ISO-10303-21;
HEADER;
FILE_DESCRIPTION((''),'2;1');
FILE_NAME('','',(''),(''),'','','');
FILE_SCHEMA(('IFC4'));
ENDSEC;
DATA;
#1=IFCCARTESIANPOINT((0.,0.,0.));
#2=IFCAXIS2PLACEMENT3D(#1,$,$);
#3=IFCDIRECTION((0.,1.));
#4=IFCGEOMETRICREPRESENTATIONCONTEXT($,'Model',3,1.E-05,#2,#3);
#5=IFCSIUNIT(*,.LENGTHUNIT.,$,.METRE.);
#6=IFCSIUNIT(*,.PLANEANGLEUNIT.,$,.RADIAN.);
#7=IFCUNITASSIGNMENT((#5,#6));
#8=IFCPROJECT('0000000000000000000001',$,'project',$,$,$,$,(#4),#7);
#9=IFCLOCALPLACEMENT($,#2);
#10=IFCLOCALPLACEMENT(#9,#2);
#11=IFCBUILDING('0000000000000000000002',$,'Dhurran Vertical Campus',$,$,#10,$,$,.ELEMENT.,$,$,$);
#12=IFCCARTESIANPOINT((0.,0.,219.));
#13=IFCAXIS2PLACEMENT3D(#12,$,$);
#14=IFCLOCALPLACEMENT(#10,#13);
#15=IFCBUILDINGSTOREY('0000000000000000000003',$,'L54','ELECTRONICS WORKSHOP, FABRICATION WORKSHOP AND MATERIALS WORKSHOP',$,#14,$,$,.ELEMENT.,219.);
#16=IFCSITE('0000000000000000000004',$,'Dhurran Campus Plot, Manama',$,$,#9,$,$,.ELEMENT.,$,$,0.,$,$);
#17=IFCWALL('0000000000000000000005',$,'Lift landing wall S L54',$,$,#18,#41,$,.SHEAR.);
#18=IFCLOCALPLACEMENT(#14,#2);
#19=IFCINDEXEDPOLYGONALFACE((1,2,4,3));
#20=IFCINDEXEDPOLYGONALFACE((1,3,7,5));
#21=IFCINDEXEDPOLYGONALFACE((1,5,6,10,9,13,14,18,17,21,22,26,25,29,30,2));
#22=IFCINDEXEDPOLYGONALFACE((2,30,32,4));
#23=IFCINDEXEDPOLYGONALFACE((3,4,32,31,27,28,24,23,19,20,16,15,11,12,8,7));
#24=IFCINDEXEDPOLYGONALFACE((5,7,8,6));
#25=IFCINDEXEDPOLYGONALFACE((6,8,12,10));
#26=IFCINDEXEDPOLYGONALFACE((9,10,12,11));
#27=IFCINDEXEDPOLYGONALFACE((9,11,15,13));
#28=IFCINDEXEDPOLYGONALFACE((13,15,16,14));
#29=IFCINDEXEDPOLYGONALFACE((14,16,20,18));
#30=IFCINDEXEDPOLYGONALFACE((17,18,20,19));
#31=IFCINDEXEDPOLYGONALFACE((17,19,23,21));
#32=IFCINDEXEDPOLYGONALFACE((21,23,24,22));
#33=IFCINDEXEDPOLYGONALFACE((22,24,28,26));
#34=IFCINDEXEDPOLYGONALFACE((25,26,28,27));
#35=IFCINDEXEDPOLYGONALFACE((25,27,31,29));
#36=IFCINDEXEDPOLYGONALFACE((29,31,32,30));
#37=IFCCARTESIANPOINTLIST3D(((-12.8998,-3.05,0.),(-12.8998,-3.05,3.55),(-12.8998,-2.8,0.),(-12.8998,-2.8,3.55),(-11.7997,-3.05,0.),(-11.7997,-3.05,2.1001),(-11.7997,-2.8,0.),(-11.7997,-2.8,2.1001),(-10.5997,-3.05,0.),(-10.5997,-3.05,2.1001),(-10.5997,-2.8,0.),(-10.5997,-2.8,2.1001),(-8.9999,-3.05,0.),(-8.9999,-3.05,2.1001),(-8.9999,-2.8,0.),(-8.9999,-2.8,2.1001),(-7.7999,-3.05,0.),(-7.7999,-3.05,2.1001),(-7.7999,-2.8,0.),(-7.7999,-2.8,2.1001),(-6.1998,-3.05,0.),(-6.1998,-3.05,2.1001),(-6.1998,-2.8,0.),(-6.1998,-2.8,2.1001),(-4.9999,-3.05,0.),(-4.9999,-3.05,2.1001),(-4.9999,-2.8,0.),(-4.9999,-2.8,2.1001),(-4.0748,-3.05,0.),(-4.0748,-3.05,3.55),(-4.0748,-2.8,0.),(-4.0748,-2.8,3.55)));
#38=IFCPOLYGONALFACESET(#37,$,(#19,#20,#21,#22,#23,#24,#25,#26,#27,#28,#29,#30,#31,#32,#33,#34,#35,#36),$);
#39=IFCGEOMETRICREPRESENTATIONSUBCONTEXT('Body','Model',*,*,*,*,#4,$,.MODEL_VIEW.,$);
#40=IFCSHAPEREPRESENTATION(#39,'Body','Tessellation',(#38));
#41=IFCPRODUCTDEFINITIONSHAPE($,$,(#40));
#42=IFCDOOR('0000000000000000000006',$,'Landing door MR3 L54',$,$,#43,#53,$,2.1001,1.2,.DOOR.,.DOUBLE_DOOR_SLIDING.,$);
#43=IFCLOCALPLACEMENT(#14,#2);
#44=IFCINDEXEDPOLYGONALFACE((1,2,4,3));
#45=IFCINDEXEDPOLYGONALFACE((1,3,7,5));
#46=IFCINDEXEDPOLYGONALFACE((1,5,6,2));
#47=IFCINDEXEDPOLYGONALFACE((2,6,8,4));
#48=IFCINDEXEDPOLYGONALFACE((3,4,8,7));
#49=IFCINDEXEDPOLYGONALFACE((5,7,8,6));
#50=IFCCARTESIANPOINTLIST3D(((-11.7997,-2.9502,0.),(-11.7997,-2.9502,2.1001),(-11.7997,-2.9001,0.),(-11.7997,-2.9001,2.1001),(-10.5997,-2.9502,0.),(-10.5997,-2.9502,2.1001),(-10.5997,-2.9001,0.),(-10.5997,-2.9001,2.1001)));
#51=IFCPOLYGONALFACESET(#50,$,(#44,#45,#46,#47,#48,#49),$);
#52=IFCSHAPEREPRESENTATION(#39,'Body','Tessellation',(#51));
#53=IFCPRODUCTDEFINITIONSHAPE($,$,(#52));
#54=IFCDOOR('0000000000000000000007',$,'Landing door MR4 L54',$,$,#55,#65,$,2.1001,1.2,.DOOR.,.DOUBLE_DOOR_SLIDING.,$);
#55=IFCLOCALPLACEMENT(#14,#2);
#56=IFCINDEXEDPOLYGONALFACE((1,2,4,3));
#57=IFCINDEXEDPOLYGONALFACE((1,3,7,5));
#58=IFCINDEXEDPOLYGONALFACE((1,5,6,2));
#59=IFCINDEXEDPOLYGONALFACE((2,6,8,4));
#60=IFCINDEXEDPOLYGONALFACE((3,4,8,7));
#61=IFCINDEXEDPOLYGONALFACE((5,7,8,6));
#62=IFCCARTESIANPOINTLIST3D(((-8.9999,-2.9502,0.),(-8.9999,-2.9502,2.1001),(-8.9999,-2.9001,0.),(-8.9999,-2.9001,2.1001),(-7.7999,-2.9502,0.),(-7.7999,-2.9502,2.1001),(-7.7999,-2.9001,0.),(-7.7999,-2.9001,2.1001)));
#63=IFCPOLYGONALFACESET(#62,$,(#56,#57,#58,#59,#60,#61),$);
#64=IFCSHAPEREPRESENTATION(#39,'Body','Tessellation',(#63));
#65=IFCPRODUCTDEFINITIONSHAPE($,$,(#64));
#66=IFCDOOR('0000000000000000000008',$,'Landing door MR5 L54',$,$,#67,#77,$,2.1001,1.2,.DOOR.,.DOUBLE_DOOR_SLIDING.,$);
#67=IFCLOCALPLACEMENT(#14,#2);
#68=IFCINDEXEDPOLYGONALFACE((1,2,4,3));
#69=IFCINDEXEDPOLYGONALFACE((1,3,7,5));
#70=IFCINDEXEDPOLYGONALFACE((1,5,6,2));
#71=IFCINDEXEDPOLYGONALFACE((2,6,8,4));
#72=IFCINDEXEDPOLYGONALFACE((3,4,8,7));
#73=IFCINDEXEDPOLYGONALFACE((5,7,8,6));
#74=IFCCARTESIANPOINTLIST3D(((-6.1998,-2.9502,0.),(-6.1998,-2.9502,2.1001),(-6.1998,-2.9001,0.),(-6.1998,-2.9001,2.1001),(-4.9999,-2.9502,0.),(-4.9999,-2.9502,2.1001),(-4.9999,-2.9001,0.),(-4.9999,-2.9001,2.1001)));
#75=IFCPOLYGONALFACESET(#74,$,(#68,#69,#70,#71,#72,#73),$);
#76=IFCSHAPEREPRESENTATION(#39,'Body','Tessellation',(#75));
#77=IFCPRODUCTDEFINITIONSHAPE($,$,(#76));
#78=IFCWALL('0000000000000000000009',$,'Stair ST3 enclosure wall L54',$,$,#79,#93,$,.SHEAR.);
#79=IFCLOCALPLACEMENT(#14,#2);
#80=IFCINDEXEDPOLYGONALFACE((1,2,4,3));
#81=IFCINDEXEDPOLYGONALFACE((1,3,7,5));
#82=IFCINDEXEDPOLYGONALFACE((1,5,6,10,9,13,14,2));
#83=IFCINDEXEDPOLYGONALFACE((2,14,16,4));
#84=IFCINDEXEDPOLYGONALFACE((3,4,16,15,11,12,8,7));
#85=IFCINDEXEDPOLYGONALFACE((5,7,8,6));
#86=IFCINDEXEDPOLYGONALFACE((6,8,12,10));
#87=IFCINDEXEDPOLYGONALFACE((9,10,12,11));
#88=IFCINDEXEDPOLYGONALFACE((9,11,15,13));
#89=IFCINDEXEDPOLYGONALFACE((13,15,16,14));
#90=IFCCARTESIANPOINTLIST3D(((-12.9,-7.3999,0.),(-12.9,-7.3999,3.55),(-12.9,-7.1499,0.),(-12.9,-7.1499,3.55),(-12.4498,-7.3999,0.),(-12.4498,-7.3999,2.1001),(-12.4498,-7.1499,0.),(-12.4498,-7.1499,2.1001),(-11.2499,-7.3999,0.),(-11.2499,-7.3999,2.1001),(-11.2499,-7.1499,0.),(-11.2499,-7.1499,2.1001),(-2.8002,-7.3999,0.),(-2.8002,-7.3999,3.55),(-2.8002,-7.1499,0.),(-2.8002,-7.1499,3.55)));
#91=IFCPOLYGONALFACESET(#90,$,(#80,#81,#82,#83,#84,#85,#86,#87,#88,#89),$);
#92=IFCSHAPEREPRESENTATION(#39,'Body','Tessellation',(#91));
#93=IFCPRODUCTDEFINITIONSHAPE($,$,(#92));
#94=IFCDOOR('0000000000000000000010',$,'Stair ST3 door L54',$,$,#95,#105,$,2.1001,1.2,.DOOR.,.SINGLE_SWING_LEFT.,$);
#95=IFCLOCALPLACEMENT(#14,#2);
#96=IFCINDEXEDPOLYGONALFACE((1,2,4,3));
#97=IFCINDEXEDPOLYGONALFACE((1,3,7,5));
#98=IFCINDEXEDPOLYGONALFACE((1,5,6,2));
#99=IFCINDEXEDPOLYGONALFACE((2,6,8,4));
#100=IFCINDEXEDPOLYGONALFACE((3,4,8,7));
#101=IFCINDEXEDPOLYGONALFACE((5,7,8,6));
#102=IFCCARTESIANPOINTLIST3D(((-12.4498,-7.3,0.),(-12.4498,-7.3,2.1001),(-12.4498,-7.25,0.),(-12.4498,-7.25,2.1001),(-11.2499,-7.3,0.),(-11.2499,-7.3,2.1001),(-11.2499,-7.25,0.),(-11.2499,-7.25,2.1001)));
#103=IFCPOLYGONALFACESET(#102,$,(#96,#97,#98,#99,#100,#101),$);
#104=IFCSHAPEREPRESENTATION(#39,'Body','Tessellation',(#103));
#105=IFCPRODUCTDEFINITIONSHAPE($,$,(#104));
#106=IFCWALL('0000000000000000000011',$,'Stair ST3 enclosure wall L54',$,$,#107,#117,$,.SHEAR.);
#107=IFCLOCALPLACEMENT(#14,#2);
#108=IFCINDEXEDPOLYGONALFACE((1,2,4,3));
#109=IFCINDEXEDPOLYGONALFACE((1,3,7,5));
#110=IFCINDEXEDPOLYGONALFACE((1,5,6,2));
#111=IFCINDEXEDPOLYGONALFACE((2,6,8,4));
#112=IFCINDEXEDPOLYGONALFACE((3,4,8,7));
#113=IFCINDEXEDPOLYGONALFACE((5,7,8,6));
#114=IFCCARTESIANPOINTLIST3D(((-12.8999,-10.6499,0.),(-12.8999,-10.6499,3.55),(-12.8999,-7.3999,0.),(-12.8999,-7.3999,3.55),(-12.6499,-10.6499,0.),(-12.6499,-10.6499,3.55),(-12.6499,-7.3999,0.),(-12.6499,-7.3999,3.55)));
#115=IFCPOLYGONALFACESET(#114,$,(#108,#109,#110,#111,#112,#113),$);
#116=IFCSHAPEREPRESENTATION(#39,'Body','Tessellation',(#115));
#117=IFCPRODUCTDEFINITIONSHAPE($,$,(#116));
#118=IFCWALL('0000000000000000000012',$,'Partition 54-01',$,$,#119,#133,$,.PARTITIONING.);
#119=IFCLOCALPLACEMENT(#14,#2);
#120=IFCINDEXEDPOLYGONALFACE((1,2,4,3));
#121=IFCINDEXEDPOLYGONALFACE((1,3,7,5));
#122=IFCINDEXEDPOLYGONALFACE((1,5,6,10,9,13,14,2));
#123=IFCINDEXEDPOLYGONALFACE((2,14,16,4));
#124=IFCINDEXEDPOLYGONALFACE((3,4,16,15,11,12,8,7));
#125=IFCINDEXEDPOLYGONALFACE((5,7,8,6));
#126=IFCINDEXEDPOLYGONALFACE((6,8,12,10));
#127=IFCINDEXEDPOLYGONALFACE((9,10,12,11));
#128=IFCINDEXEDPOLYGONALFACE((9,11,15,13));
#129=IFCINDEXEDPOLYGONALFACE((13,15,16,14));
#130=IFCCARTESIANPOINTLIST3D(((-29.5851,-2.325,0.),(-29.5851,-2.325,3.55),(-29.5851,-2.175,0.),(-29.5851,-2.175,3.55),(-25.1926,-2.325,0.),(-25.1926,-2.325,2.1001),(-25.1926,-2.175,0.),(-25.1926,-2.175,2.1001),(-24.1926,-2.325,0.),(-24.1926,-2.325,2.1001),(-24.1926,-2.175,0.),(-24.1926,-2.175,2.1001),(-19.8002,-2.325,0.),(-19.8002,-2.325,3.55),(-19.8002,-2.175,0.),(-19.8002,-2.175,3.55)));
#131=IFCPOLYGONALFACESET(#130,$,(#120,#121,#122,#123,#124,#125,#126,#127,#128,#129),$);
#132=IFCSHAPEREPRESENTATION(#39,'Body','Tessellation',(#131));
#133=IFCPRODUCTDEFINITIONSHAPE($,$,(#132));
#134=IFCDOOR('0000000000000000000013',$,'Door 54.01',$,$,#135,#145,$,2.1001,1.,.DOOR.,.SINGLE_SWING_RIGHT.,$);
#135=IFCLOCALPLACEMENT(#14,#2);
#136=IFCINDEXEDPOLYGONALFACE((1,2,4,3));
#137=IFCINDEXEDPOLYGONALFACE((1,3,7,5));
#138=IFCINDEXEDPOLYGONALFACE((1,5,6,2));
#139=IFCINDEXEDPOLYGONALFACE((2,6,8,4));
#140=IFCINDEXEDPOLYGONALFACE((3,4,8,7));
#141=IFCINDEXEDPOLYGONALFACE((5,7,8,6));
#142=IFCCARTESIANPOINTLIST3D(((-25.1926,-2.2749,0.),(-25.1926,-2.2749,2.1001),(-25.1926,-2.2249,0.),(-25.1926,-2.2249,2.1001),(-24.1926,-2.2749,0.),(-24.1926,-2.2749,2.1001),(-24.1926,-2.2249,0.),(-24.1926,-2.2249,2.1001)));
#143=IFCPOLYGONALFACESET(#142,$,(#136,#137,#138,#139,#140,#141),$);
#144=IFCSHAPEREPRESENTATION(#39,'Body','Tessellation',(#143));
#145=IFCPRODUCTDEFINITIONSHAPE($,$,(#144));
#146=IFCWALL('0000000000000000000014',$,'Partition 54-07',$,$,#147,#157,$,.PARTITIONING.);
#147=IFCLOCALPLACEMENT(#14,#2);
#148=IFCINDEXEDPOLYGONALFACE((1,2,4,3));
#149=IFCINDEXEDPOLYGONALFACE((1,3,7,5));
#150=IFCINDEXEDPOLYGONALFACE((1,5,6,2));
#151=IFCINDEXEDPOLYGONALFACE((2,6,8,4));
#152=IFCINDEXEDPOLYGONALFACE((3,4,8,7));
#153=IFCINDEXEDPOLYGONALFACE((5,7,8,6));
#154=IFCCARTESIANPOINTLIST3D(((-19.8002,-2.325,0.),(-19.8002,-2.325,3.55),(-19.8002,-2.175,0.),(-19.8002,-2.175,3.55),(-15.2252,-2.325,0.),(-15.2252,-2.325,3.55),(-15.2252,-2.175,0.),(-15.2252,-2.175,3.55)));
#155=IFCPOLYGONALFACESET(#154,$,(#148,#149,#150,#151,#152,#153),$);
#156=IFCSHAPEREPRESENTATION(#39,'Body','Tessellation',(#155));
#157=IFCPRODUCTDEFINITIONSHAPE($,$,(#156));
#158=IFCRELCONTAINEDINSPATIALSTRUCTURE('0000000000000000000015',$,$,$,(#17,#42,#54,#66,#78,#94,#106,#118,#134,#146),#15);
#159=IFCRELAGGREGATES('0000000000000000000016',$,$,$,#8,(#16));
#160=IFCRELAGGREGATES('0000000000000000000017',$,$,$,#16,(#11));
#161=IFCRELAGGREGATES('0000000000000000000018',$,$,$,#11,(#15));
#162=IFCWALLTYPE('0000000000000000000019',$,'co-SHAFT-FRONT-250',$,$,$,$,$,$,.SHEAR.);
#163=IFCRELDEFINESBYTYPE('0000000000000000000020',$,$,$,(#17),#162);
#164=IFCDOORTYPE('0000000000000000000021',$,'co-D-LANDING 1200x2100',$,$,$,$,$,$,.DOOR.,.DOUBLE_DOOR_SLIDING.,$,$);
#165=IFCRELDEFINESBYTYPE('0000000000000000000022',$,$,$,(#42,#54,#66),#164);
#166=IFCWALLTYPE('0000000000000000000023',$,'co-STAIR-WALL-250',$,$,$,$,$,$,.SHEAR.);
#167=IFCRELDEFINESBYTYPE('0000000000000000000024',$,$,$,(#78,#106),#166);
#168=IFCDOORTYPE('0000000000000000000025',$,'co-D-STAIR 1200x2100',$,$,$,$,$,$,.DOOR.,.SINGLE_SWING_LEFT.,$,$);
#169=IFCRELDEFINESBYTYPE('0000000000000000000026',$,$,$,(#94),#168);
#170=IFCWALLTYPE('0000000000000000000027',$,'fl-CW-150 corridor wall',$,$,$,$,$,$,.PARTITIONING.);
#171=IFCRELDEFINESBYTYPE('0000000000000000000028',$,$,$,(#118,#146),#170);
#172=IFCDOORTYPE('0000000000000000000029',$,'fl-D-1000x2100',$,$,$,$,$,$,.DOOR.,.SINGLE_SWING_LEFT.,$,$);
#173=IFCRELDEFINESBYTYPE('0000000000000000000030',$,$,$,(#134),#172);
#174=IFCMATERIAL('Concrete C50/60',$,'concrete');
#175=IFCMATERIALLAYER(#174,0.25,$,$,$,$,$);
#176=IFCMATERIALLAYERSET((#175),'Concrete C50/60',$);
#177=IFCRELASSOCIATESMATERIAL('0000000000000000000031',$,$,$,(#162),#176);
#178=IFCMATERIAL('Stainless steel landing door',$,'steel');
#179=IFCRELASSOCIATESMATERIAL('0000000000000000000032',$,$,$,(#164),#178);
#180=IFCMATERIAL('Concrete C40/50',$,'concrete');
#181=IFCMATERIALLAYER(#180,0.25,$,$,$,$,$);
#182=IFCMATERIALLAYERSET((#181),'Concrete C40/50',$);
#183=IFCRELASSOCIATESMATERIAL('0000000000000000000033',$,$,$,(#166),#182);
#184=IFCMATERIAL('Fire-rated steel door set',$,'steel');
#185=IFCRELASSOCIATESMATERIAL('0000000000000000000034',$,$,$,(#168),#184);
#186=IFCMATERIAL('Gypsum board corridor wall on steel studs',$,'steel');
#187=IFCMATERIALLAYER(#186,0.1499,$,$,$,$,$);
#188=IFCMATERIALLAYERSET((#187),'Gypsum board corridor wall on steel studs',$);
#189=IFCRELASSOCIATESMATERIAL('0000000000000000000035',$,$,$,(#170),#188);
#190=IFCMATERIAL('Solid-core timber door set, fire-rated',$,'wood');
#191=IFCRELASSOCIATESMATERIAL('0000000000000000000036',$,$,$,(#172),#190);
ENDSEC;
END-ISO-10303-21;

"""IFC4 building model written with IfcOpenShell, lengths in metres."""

from ifc_helpers import new_model, si_unit, direction, frame, frame_2d, origin, place, context, subcontext, project, spatial, rectangle, extrude, material, layer, layer_set, type_object, element, fill, save


model = new_model("IFC4")

# Units and contexts
model_context = context("Model", 3, precision=1e-05, world=origin(), true_north=direction((0.0, 1.0)))
body_context = subcontext(model_context, "Body", "Model", "MODEL_VIEW")
ifc_project = project(units=[si_unit("LENGTHUNIT", "METRE"), si_unit("PLANEANGLEUNIT", "RADIAN")], contexts=[model_context])

# Site, building, storey
site_placement = place(None, origin())
site = spatial("IfcSite", under=ifc_project, at=site_placement, Name="Dhurran Campus Plot, Manama", CompositionType="ELEMENT", RefElevation=0.0)
building_placement = place(site_placement, origin())
building = spatial("IfcBuilding", under=site, at=building_placement, Name="Dhurran Vertical Campus", CompositionType="ELEMENT")
storey_placement = place(building_placement, frame((0.0, 0.0, 219.0)))
storey = spatial("IfcBuildingStorey", under=building, at=storey_placement, Name="L54", Description="ELECTRONICS WORKSHOP, FABRICATION WORKSHOP AND MATERIALS WORKSHOP", CompositionType="ELEMENT", Elevation=219.0)

# Wall, openings, doors
ifc_material_1 = material(Name="Concrete C50/60", Category="concrete")
ifc_layer_1 = layer(ifc_material_1, 0.25)
ifc_layer_set_1 = layer_set([ifc_layer_1], Name="Concrete C50/60")
wall_type_1 = type_object("IfcWallType", Name="co-SHAFT-FRONT-250", PredefinedType="SHEAR", material=ifc_layer_set_1)
wall_1_placement = place(storey_placement, frame((-12.8999, -2.925, 0.0), z_axis=(0.0, 0.0, 1.0), x_axis=(1.0, 0.0, 0.0)))
wall_1 = element("IfcWall", 1, at=wall_1_placement, inside=storey, type_object=wall_type_1, Name="Lift landing wall S L54", PredefinedType="SHEAR", context=body_context, shape_type="SweptSolid", body=[
    extrude(rectangle(XDim=8.825, YDim=0.25, at=frame_2d((4.4126, 0.0))), origin(), (0.0, 0.0, 1.0), 3.55),
])
opening_1_placement = place(wall_1_placement, frame((1.1001, 0.0, 0.0)))
opening_1 = element("IfcOpeningElement", 2, at=opening_1_placement, cuts=wall_1, PredefinedType="OPENING", context=body_context, shape_type="SweptSolid", body=[
    extrude(rectangle(XDim=1.2, YDim=2.1001, at=frame_2d((0.6001, 1.05))), frame((0.0, 0.135, 0.0), z_axis=(0.0, -1.0, 0.0), x_axis=(1.0, 0.0, 0.0)), (0.0, 0.0, 1.0), 0.27),
])
opening_2_placement = place(wall_1_placement, frame((3.8999, 0.0, 0.0)))
opening_2 = element("IfcOpeningElement", 3, at=opening_2_placement, cuts=wall_1, PredefinedType="OPENING", context=body_context, shape_type="SweptSolid", body=[
    extrude(rectangle(XDim=1.2, YDim=2.1001, at=frame_2d((0.6001, 1.05))), frame((0.0, 0.135, 0.0), z_axis=(0.0, -1.0, 0.0), x_axis=(1.0, 0.0, 0.0)), (0.0, 0.0, 1.0), 0.27),
])
opening_3_placement = place(wall_1_placement, frame((6.7, 0.0, 0.0)))
opening_3 = element("IfcOpeningElement", 4, at=opening_3_placement, cuts=wall_1, PredefinedType="OPENING", context=body_context, shape_type="SweptSolid", body=[
    extrude(rectangle(XDim=1.2, YDim=2.1001, at=frame_2d((0.6001, 1.05))), frame((0.0, 0.135, 0.0), z_axis=(0.0, -1.0, 0.0), x_axis=(1.0, 0.0, 0.0)), (0.0, 0.0, 1.0), 0.27),
])
ifc_material_2 = material(Name="Stainless steel landing door", Category="steel")
door_type_1 = type_object("IfcDoorType", Name="co-D-LANDING 1200x2100", OperationType="DOUBLE_DOOR_SLIDING", PredefinedType="DOOR", material=ifc_material_2)
door_1_placement = place(opening_1_placement, origin())
door_1 = element("IfcDoor", 5, at=door_1_placement, inside=storey, type_object=door_type_1, Name="Landing door MR3 L54", OperationType="DOUBLE_DOOR_SLIDING", OverallHeight=2.1001, OverallWidth=1.2, PredefinedType="DOOR", context=body_context, shape_type="SweptSolid", body=[
    extrude(rectangle(XDim=1.2, YDim=2.1001, at=frame_2d((0.6001, 1.05))), frame((0.0, 0.0249, 0.0), z_axis=(0.0, -1.0, 0.0), x_axis=(1.0, 0.0, 0.0)), (0.0, 0.0, 1.0), 0.05),
])
fill(opening_1, door_1)
door_2_placement = place(opening_2_placement, origin())
door_2 = element("IfcDoor", 6, at=door_2_placement, inside=storey, type_object=door_type_1, Name="Landing door MR4 L54", OperationType="DOUBLE_DOOR_SLIDING", OverallHeight=2.1001, OverallWidth=1.2, PredefinedType="DOOR", context=body_context, shape_type="SweptSolid", body=[
    extrude(rectangle(XDim=1.2, YDim=2.1001, at=frame_2d((0.6001, 1.05))), frame((0.0, 0.0249, 0.0), z_axis=(0.0, -1.0, 0.0), x_axis=(1.0, 0.0, 0.0)), (0.0, 0.0, 1.0), 0.05),
])
fill(opening_2, door_2)
door_3_placement = place(opening_3_placement, origin())
door_3 = element("IfcDoor", 7, at=door_3_placement, inside=storey, type_object=door_type_1, Name="Landing door MR5 L54", OperationType="DOUBLE_DOOR_SLIDING", OverallHeight=2.1001, OverallWidth=1.2, PredefinedType="DOOR", context=body_context, shape_type="SweptSolid", body=[
    extrude(rectangle(XDim=1.2, YDim=2.1001, at=frame_2d((0.6001, 1.05))), frame((0.0, 0.0249, 0.0), z_axis=(0.0, -1.0, 0.0), x_axis=(1.0, 0.0, 0.0)), (0.0, 0.0, 1.0), 0.05),
])
fill(opening_3, door_3)

# Wall, opening, door
ifc_material_3 = material(Name="Concrete C40/50", Category="concrete")
ifc_layer_2 = layer(ifc_material_3, 0.25)
ifc_layer_set_2 = layer_set([ifc_layer_2], Name="Concrete C40/50")
wall_type_2 = type_object("IfcWallType", Name="co-STAIR-WALL-250", PredefinedType="SHEAR", material=ifc_layer_set_2)
wall_2_placement = place(storey_placement, frame((-12.8999, -7.2749, 0.0), z_axis=(0.0, 0.0, 1.0), x_axis=(1.0, 0.0, 0.0)))
wall_2 = element("IfcWall", 8, at=wall_2_placement, inside=storey, type_object=wall_type_2, Name="Stair ST3 enclosure wall L54", PredefinedType="SHEAR", context=body_context, shape_type="SweptSolid", body=[
    extrude(rectangle(XDim=10.0999, YDim=0.25, at=frame_2d((5.0498, 0.0))), origin(), (0.0, 0.0, 1.0), 3.55),
])
opening_4_placement = place(wall_2_placement, frame((0.45, 0.0, 0.0)))
opening_4 = element("IfcOpeningElement", 9, at=opening_4_placement, cuts=wall_2, PredefinedType="OPENING", context=body_context, shape_type="SweptSolid", body=[
    extrude(rectangle(XDim=1.2, YDim=2.1001, at=frame_2d((0.6001, 1.05))), frame((0.0, 0.135, 0.0), z_axis=(0.0, -1.0, 0.0), x_axis=(1.0, 0.0, 0.0)), (0.0, 0.0, 1.0), 0.27),
])
ifc_material_4 = material(Name="Fire-rated steel door set", Category="steel")
door_type_2 = type_object("IfcDoorType", Name="co-D-STAIR 1200x2100", OperationType="SINGLE_SWING_LEFT", PredefinedType="DOOR", material=ifc_material_4)
door_4_placement = place(opening_4_placement, origin())
door_4 = element("IfcDoor", 10, at=door_4_placement, inside=storey, type_object=door_type_2, Name="Stair ST3 door L54", OperationType="SINGLE_SWING_LEFT", OverallHeight=2.1001, OverallWidth=1.2, PredefinedType="DOOR", context=body_context, shape_type="SweptSolid", body=[
    extrude(rectangle(XDim=1.2, YDim=2.1001, at=frame_2d((0.6001, 1.05))), frame((0.0, 0.0249, 0.0), z_axis=(0.0, -1.0, 0.0), x_axis=(1.0, 0.0, 0.0)), (0.0, 0.0, 1.0), 0.05),
])
fill(opening_4, door_4)

# Wall
wall_3_placement = place(storey_placement, frame((-12.7749, -10.6499, 0.0), z_axis=(0.0, 0.0, 1.0), x_axis=(0.0, 1.0, 0.0)))
element("IfcWall", 11, at=wall_3_placement, inside=storey, type_object=wall_type_2, Name="Stair ST3 enclosure wall L54", PredefinedType="SHEAR", context=body_context, shape_type="SweptSolid", body=[
    extrude(rectangle(XDim=3.25, YDim=0.25, at=frame_2d((1.625, 0.0))), origin(), (0.0, 0.0, 1.0), 3.55),
])

# Wall, opening, door
ifc_material_5 = material(Name="Gypsum board corridor wall on steel studs", Category="steel")
ifc_layer_3 = layer(ifc_material_5, 0.1499)
ifc_layer_set_3 = layer_set([ifc_layer_3], Name="Gypsum board corridor wall on steel studs")
wall_type_3 = type_object("IfcWallType", Name="fl-CW-150 corridor wall", PredefinedType="PARTITIONING", material=ifc_layer_set_3)
wall_4_placement = place(storey_placement, frame((-19.8, -2.25, 0.0), z_axis=(0.0, 0.0, 1.0), x_axis=(-1.0, 0.0, 0.0)))
wall_4 = element("IfcWall", 12, at=wall_4_placement, inside=storey, type_object=wall_type_3, Name="Partition 54-01", PredefinedType="PARTITIONING", context=body_context, shape_type="SweptSolid", body=[
    extrude(rectangle(XDim=9.7849, YDim=0.1499, at=frame_2d((4.8926, 0.0))), origin(), (0.0, 0.0, 1.0), 3.55),
])
opening_5_placement = place(wall_4_placement, frame((4.3926, 0.0, 0.0)))
opening_5 = element("IfcOpeningElement", 13, at=opening_5_placement, cuts=wall_4, PredefinedType="OPENING", context=body_context, shape_type="SweptSolid", body=[
    extrude(rectangle(XDim=1.0, YDim=2.1001, at=frame_2d((0.5, 1.05))), frame((0.0, 0.085, 0.0), z_axis=(0.0, -1.0, 0.0), x_axis=(1.0, 0.0, 0.0)), (0.0, 0.0, 1.0), 0.1699),
])
ifc_material_6 = material(Name="Solid-core timber door set, fire-rated", Category="wood")
door_type_3 = type_object("IfcDoorType", Name="fl-D-1000x2100", OperationType="SINGLE_SWING_LEFT", PredefinedType="DOOR", material=ifc_material_6)
door_5_placement = place(opening_5_placement, origin())
door_5 = element("IfcDoor", 14, at=door_5_placement, inside=storey, type_object=door_type_3, Name="Door 54.01", OperationType="SINGLE_SWING_RIGHT", OverallHeight=2.1001, OverallWidth=1.0, PredefinedType="DOOR", context=body_context, shape_type="SweptSolid", body=[
    extrude(rectangle(XDim=1.0, YDim=2.1001, at=frame_2d((0.5, 1.05))), frame((0.0, 0.0249, 0.0), z_axis=(0.0, -1.0, 0.0), x_axis=(1.0, 0.0, 0.0)), (0.0, 0.0, 1.0), 0.05),
])
fill(opening_5, door_5)

# Wall
wall_5_placement = place(storey_placement, frame((-15.2251, -2.25, 0.0), z_axis=(0.0, 0.0, 1.0), x_axis=(-1.0, 0.0, 0.0)))
element("IfcWall", 15, at=wall_5_placement, inside=storey, type_object=wall_type_3, Name="Partition 54-07", PredefinedType="PARTITIONING", context=body_context, shape_type="SweptSolid", body=[
    extrude(rectangle(XDim=4.575, YDim=0.1499, at=frame_2d((2.2876, 0.0))), origin(), (0.0, 0.0, 1.0), 3.55),
])

save(model, "model.ifc")
